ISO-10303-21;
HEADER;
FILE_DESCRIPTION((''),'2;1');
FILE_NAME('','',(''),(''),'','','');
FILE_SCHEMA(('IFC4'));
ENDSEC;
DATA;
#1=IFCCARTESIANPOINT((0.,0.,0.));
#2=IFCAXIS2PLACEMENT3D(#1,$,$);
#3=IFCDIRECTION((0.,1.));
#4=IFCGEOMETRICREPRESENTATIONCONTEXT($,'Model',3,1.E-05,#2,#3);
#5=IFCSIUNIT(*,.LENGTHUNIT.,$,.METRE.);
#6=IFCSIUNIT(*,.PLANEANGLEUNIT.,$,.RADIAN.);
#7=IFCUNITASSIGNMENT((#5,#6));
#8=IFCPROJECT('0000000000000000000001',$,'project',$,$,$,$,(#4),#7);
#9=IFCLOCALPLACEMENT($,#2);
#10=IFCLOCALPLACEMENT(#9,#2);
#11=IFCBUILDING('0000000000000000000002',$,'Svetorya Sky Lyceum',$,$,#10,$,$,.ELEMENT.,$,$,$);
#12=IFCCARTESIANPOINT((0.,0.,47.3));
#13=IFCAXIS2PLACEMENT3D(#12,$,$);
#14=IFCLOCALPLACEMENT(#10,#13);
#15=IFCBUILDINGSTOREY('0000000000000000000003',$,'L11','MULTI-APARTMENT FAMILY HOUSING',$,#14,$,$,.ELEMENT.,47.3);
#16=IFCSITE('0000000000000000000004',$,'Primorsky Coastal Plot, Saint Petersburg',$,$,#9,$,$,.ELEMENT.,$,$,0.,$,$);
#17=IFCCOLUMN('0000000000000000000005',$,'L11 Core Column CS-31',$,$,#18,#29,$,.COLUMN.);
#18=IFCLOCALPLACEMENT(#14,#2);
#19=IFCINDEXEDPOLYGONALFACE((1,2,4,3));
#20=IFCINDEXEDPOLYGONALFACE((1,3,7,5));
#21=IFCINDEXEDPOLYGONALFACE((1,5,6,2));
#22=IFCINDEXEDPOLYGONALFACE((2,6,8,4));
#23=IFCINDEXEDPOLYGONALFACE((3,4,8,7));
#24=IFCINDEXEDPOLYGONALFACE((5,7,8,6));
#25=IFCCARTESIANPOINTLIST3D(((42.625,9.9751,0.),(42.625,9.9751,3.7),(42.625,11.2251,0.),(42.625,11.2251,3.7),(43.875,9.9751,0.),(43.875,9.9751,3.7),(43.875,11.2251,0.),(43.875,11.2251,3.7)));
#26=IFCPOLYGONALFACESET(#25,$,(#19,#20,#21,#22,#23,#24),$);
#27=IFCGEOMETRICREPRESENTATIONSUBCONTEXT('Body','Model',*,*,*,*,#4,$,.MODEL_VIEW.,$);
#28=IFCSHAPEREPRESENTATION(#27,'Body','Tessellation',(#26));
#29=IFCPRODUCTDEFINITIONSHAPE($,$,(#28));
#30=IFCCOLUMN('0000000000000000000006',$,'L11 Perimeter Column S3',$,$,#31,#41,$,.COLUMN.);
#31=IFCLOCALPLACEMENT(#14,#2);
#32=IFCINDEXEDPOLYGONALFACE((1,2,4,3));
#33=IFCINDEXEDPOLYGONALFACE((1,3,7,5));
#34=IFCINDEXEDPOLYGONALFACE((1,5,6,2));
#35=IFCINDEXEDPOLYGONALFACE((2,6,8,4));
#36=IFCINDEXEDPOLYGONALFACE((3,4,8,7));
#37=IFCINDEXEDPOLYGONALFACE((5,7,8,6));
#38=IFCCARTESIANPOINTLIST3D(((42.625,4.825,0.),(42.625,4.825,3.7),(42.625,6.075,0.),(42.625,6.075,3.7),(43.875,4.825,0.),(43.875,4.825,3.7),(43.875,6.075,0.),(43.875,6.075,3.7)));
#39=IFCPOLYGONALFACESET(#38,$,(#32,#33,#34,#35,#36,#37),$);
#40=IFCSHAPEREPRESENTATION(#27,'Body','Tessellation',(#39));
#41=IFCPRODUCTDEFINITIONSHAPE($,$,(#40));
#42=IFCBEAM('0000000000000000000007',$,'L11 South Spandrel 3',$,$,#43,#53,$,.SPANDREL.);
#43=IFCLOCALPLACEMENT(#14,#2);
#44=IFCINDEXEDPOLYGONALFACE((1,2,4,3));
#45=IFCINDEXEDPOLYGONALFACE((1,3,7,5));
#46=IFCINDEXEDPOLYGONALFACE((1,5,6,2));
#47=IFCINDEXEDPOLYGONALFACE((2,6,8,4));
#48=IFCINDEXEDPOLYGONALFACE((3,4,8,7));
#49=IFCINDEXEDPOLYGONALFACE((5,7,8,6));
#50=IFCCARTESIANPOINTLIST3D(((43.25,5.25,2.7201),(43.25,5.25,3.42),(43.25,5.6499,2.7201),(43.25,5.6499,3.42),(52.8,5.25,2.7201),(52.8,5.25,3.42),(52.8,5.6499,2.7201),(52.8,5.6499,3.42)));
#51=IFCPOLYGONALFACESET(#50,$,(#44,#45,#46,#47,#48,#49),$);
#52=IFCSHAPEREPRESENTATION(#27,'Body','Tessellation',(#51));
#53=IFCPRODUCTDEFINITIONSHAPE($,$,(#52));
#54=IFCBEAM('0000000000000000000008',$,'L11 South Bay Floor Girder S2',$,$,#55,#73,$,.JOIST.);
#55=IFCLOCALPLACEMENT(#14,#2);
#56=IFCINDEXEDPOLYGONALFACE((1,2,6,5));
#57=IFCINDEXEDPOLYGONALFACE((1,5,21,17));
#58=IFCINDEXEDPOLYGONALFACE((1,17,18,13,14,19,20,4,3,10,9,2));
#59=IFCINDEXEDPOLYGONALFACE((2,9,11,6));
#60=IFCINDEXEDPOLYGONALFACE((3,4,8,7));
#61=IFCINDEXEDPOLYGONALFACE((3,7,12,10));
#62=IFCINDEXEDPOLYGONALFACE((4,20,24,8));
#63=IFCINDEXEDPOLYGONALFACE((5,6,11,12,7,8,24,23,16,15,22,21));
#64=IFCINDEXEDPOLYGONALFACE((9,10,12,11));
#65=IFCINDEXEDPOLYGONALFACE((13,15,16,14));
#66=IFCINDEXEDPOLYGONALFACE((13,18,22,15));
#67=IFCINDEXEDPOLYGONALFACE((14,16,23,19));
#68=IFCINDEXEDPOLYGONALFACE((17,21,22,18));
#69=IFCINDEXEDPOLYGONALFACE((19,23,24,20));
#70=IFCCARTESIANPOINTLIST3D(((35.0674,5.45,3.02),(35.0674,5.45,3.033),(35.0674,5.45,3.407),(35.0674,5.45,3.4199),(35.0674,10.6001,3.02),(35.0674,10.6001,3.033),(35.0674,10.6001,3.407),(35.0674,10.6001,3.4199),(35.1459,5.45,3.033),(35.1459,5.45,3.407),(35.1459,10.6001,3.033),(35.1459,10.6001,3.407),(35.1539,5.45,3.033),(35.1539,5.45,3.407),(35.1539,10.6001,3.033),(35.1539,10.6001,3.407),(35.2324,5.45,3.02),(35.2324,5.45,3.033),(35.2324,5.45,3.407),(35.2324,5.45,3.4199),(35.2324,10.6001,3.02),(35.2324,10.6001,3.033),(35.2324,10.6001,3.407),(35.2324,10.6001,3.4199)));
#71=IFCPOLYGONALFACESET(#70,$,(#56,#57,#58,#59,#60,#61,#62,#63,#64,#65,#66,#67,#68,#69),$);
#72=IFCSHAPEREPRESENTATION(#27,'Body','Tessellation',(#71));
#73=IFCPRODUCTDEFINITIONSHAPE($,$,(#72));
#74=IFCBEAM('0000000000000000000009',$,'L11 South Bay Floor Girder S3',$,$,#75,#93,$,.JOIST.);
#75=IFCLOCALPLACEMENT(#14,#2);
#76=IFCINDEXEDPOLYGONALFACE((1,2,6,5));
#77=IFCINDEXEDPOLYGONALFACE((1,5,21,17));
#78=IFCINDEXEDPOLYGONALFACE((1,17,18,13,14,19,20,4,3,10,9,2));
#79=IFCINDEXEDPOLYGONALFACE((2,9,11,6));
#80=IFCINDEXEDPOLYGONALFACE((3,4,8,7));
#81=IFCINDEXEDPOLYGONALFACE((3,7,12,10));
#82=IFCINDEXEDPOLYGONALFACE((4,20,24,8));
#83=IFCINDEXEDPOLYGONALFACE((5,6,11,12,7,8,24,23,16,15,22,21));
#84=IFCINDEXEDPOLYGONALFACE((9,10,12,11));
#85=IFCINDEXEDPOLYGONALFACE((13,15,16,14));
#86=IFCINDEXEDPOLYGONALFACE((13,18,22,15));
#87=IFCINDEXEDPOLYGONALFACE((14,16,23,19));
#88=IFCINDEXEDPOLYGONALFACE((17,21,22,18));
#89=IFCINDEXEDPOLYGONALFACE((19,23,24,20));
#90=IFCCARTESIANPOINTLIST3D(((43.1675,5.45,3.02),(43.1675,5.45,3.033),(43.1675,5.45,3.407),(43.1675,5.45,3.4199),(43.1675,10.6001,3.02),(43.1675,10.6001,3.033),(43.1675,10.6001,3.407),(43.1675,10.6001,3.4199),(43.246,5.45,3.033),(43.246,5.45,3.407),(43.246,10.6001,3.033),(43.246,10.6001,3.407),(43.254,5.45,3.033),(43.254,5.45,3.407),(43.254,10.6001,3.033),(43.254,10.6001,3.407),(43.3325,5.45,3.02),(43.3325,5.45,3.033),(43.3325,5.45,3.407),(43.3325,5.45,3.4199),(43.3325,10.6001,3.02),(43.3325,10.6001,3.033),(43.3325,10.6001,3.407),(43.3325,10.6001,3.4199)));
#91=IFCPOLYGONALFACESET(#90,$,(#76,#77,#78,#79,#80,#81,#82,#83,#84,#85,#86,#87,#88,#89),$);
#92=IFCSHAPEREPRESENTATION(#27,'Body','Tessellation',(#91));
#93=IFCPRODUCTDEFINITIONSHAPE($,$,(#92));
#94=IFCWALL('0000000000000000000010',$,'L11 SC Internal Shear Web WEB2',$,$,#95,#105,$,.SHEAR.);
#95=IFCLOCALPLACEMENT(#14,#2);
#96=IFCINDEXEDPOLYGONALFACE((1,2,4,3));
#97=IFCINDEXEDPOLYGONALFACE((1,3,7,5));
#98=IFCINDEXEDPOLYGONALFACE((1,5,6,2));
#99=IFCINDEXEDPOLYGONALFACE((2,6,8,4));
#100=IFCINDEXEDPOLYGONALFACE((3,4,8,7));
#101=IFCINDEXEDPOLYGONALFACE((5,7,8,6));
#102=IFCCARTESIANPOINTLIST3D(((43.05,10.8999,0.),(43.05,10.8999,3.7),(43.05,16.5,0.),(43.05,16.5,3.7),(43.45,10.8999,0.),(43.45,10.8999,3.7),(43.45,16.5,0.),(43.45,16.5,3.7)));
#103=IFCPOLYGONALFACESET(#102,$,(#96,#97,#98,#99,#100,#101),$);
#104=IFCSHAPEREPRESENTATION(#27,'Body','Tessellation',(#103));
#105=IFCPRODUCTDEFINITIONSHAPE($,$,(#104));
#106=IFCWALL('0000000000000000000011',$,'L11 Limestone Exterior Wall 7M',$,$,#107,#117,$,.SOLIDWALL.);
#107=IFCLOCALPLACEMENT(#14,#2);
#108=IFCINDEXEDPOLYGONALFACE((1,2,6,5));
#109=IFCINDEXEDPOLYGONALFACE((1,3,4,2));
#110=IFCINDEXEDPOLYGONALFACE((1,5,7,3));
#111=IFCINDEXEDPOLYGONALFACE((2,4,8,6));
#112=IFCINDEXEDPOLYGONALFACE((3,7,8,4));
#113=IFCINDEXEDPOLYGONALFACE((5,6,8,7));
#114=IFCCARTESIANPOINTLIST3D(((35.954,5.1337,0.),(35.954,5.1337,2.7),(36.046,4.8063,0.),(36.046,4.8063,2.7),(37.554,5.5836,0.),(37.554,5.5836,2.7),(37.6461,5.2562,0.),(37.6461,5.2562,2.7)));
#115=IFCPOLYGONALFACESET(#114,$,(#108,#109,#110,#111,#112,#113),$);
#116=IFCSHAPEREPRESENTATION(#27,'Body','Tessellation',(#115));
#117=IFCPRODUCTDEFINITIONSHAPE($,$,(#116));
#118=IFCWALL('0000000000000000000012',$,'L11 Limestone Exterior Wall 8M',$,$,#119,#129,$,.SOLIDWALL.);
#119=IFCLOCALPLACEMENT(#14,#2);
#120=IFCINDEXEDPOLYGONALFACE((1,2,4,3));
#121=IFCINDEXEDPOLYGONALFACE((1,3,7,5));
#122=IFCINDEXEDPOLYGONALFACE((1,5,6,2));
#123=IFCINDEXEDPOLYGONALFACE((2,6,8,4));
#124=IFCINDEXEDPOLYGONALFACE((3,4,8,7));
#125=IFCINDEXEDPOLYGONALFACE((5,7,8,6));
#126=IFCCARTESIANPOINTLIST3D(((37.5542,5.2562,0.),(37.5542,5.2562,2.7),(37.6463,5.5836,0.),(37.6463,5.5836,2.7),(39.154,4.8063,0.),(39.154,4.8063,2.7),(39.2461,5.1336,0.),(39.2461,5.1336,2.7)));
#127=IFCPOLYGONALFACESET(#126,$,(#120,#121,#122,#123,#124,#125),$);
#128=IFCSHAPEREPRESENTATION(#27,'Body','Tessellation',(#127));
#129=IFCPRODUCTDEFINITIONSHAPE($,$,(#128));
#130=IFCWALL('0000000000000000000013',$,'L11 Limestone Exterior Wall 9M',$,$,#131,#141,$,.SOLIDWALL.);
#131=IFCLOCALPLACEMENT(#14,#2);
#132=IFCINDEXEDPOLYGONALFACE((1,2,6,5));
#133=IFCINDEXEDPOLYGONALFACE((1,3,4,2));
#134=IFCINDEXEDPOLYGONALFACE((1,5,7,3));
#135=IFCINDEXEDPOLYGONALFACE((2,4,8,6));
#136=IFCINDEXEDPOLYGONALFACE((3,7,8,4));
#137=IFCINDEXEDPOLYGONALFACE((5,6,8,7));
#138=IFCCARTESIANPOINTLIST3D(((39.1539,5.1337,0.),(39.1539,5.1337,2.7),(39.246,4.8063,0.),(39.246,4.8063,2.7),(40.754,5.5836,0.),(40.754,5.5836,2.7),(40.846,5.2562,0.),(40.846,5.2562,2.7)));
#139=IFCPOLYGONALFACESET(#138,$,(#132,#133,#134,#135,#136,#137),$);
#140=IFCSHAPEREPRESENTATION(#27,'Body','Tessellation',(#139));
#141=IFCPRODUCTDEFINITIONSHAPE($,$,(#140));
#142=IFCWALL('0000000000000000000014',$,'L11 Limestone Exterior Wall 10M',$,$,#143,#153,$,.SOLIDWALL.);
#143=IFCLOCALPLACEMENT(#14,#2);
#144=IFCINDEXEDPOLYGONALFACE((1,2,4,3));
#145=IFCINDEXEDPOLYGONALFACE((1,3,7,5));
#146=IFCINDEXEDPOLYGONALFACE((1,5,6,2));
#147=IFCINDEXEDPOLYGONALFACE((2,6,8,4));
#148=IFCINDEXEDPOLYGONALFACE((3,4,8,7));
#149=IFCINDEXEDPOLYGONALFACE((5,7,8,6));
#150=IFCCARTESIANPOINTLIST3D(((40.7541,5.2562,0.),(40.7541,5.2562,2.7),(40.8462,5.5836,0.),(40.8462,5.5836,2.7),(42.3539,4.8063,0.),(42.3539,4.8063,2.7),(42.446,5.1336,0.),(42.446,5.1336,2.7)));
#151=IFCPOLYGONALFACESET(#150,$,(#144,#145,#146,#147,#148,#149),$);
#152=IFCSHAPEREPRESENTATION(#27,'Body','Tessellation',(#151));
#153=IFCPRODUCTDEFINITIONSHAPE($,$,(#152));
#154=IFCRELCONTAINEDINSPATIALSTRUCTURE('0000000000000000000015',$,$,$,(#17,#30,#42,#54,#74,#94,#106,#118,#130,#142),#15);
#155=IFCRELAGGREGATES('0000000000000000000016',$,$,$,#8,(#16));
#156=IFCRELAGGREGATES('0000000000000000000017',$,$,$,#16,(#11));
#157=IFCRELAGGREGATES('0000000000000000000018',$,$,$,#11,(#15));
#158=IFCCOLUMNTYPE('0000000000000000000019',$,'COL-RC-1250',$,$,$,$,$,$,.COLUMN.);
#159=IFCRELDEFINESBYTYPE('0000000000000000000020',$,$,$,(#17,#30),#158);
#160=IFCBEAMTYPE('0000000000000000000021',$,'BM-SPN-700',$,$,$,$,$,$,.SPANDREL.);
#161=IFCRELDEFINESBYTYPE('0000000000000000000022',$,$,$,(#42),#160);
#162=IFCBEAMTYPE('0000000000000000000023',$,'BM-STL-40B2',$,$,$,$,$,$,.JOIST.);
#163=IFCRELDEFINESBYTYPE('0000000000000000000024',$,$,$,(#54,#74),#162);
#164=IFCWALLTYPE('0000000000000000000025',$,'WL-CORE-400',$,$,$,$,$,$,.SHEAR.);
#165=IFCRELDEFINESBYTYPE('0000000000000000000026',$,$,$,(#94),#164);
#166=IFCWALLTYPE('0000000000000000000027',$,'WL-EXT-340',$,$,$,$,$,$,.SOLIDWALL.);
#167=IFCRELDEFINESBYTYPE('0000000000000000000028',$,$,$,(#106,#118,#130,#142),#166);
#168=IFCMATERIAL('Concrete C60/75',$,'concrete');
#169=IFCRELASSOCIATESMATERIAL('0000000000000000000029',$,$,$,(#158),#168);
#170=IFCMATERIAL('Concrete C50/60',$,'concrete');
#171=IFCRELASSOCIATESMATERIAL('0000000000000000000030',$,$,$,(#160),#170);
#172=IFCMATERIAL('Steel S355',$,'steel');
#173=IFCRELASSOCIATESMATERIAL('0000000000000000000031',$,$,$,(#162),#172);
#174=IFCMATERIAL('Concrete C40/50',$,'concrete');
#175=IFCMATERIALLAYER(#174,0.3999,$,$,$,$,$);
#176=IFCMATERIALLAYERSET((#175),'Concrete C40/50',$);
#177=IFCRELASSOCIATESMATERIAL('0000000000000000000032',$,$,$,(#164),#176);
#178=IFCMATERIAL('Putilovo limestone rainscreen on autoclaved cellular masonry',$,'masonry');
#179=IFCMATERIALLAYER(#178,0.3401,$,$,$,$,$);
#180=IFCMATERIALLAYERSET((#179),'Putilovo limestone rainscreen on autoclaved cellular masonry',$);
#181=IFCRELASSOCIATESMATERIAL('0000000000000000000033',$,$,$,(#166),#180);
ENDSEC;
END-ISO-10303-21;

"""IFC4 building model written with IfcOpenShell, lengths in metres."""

from ifc_helpers import new_model, si_unit, direction, frame, frame_2d, origin, origin_2d, place, context, subcontext, project, spatial, rectangle, i_section, extrude, material, layer, layer_set, material_profile, profile_set, type_object, element, save


model = new_model("IFC4")

# Units and contexts
model_context = context("Model", 3, precision=1e-05, world=origin(), true_north=direction((0.0, 1.0)))
body_context = subcontext(model_context, "Body", "Model", "MODEL_VIEW")
ifc_project = project(units=[si_unit("LENGTHUNIT", "METRE"), si_unit("PLANEANGLEUNIT", "RADIAN")], contexts=[model_context])

# Site, building, storey
site_placement = place(None, origin())
site = spatial("IfcSite", under=ifc_project, at=site_placement, Name="Primorsky Coastal Plot, Saint Petersburg", CompositionType="ELEMENT", RefElevation=0.0)
building_placement = place(site_placement, origin())
building = spatial("IfcBuilding", under=site, at=building_placement, Name="Svetorya Sky Lyceum", CompositionType="ELEMENT")
storey_placement = place(building_placement, frame((0.0, 0.0, 47.3)))
storey = spatial("IfcBuildingStorey", under=building, at=storey_placement, Name="L11", Description="MULTI-APARTMENT FAMILY HOUSING", CompositionType="ELEMENT", Elevation=47.3)

# Columns
ifc_material_1 = material(Name="Concrete C60/75", Category="concrete")
ifc_material_profile_1 = material_profile(ifc_material_1, rectangle(XDim=1.25, YDim=1.25, at=origin_2d()), Name="RC COL 1250x1250")
ifc_profile_set_1 = profile_set([ifc_material_profile_1], Name="Concrete C60/75")
column_type = type_object("IfcColumnType", Name="COL-RC-1250", PredefinedType="COLUMN", material=ifc_profile_set_1)
for number, where, z_axis, x_axis, name in (
    (1, (43.25, 10.6001, 0.0), (0.0, 0.0, 1.0), (1.0, 0.0, 0.0), "L11 Core Column CS-31"),
    (2, (43.25, 5.45, 0.0), (0.0, 0.0, 1.0), (1.0, 0.0, 0.0), "L11 Perimeter Column S3"),
):
    element("IfcColumn", number, at=place(storey_placement, frame(where, z_axis=z_axis, x_axis=x_axis)), inside=storey, type_object=column_type, Name=name, PredefinedType="COLUMN", context=body_context, shape_type="SweptSolid", body=[
        extrude(rectangle(XDim=1.25, YDim=1.25, at=origin_2d()), origin(), (0.0, 0.0, 1.0), 3.7),
    ])

# Beams
ifc_material_2 = material(Name="Concrete C50/60", Category="concrete")
ifc_material_profile_2 = material_profile(ifc_material_2, rectangle(XDim=0.3999, YDim=0.7, at=origin_2d()), Name="RC SPANDREL 400x700")
ifc_profile_set_2 = profile_set([ifc_material_profile_2], Name="Concrete C50/60")
beam_type_1 = type_object("IfcBeamType", Name="BM-SPN-700", PredefinedType="SPANDREL", material=ifc_profile_set_2)
beam_placement = place(storey_placement, frame((43.25, 5.45, 3.0701), z_axis=(1.0, 0.0, 0.0), x_axis=(0.0, 1.0, 0.0)))
element("IfcBeam", 3, at=beam_placement, inside=storey, type_object=beam_type_1, Name="L11 South Spandrel 3", PredefinedType="SPANDREL", context=body_context, shape_type="SweptSolid", body=[
    extrude(rectangle(XDim=0.3999, YDim=0.7, at=origin_2d()), origin(), (0.0, 0.0, 1.0), 9.55),
])
ifc_material_3 = material(Name="Steel S355", Category="steel")
ifc_material_profile_3 = material_profile(ifc_material_3, i_section(OverallWidth=0.165, OverallDepth=0.3999, WebThickness=0.0081, FlangeThickness=0.0129, at=origin_2d()), Name="GOST 40B2")
ifc_profile_set_3 = profile_set([ifc_material_profile_3], Name="Steel S355")
beam_type_2 = type_object("IfcBeamType", Name="BM-STL-40B2", PredefinedType="JOIST", material=ifc_profile_set_3)
for number, where, z_axis, x_axis, name in (
    (4, (35.1499, 5.45, 3.22), (0.0, 1.0, 0.0), (-1.0, 0.0, 0.0), "L11 South Bay Floor Girder S2"),
    (5, (43.25, 5.45, 3.22), (0.0, 1.0, 0.0), (-1.0, 0.0, 0.0), "L11 South Bay Floor Girder S3"),
):
    element("IfcBeam", number, at=place(storey_placement, frame(where, z_axis=z_axis, x_axis=x_axis)), inside=storey, type_object=beam_type_2, Name=name, PredefinedType="JOIST", context=body_context, shape_type="SweptSolid", body=[
        extrude(i_section(OverallWidth=0.165, OverallDepth=0.3999, WebThickness=0.0081, FlangeThickness=0.0129, at=origin_2d()), origin(), (0.0, 0.0, 1.0), 5.1501),
    ])

# Walls
ifc_material_4 = material(Name="Concrete C40/50", Category="concrete")
ifc_layer_1 = layer(ifc_material_4, 0.3999)
ifc_layer_set_1 = layer_set([ifc_layer_1], Name="Concrete C40/50")
wall_type_1 = type_object("IfcWallType", Name="WL-CORE-400", PredefinedType="SHEAR", material=ifc_layer_set_1)
wall_1_placement = place(storey_placement, frame((43.25, 10.8999, 0.0), z_axis=(0.0, 0.0, 1.0), x_axis=(0.0, 1.0, 0.0)))
element("IfcWall", 6, at=wall_1_placement, inside=storey, type_object=wall_type_1, Name="L11 SC Internal Shear Web WEB2", PredefinedType="SHEAR", context=body_context, shape_type="SweptSolid", body=[
    extrude(rectangle(XDim=5.6001, YDim=0.3999, at=frame_2d((2.8, 0.0))), origin(), (0.0, 0.0, 1.0), 3.7),
])
ifc_material_5 = material(Name="Putilovo limestone rainscreen on autoclaved cellular masonry", Category="masonry")
ifc_layer_2 = layer(ifc_material_5, 0.3401)
ifc_layer_set_2 = layer_set([ifc_layer_2], Name="Putilovo limestone rainscreen on autoclaved cellular masonry")
wall_type_2 = type_object("IfcWallType", Name="WL-EXT-340", PredefinedType="SOLIDWALL", material=ifc_layer_set_2)
wall_2_placement = place(storey_placement, frame((36.0, 4.97, 0.0), z_axis=(0.0, 0.0, 1.0), x_axis=(0.962663, 0.270703, 0.0)))
element("IfcWall", 7, at=wall_2_placement, inside=storey, type_object=wall_type_2, Name="L11 Limestone Exterior Wall 7M", PredefinedType="SOLIDWALL", context=body_context, shape_type="SweptSolid", body=[
    extrude(rectangle(XDim=1.6621, YDim=0.3401, at=frame_2d((0.8311, 0.0))), origin(), (0.0, 0.0, 1.0), 2.7),
])
wall_3_placement = place(storey_placement, frame((37.6001, 5.4199, 0.0), z_axis=(0.0, 0.0, 1.0), x_axis=(0.962652, -0.270741, 0.0)))
element("IfcWall", 8, at=wall_3_placement, inside=storey, type_object=wall_type_2, Name="L11 Limestone Exterior Wall 8M", PredefinedType="SOLIDWALL", context=body_context, shape_type="SweptSolid", body=[
    extrude(rectangle(XDim=1.6619, YDim=0.3401, at=frame_2d((0.8311, 0.0))), origin(), (0.0, 0.0, 1.0), 2.7),
])
wall_4_placement = place(storey_placement, frame((39.2, 4.97, 0.0), z_axis=(0.0, 0.0, 1.0), x_axis=(0.962663, 0.270703, 0.0)))
element("IfcWall", 9, at=wall_4_placement, inside=storey, type_object=wall_type_2, Name="L11 Limestone Exterior Wall 9M", PredefinedType="SOLIDWALL", context=body_context, shape_type="SweptSolid", body=[
    extrude(rectangle(XDim=1.6621, YDim=0.3401, at=frame_2d((0.8311, 0.0))), origin(), (0.0, 0.0, 1.0), 2.7),
])
wall_5_placement = place(storey_placement, frame((40.8, 5.4199, 0.0), z_axis=(0.0, 0.0, 1.0), x_axis=(0.962652, -0.270741, 0.0)))
element("IfcWall", 10, at=wall_5_placement, inside=storey, type_object=wall_type_2, Name="L11 Limestone Exterior Wall 10M", PredefinedType="SOLIDWALL", context=body_context, shape_type="SweptSolid", body=[
    extrude(rectangle(XDim=1.6619, YDim=0.3401, at=frame_2d((0.8311, 0.0))), origin(), (0.0, 0.0, 1.0), 2.7),
])

save(model, "model.ifc")
